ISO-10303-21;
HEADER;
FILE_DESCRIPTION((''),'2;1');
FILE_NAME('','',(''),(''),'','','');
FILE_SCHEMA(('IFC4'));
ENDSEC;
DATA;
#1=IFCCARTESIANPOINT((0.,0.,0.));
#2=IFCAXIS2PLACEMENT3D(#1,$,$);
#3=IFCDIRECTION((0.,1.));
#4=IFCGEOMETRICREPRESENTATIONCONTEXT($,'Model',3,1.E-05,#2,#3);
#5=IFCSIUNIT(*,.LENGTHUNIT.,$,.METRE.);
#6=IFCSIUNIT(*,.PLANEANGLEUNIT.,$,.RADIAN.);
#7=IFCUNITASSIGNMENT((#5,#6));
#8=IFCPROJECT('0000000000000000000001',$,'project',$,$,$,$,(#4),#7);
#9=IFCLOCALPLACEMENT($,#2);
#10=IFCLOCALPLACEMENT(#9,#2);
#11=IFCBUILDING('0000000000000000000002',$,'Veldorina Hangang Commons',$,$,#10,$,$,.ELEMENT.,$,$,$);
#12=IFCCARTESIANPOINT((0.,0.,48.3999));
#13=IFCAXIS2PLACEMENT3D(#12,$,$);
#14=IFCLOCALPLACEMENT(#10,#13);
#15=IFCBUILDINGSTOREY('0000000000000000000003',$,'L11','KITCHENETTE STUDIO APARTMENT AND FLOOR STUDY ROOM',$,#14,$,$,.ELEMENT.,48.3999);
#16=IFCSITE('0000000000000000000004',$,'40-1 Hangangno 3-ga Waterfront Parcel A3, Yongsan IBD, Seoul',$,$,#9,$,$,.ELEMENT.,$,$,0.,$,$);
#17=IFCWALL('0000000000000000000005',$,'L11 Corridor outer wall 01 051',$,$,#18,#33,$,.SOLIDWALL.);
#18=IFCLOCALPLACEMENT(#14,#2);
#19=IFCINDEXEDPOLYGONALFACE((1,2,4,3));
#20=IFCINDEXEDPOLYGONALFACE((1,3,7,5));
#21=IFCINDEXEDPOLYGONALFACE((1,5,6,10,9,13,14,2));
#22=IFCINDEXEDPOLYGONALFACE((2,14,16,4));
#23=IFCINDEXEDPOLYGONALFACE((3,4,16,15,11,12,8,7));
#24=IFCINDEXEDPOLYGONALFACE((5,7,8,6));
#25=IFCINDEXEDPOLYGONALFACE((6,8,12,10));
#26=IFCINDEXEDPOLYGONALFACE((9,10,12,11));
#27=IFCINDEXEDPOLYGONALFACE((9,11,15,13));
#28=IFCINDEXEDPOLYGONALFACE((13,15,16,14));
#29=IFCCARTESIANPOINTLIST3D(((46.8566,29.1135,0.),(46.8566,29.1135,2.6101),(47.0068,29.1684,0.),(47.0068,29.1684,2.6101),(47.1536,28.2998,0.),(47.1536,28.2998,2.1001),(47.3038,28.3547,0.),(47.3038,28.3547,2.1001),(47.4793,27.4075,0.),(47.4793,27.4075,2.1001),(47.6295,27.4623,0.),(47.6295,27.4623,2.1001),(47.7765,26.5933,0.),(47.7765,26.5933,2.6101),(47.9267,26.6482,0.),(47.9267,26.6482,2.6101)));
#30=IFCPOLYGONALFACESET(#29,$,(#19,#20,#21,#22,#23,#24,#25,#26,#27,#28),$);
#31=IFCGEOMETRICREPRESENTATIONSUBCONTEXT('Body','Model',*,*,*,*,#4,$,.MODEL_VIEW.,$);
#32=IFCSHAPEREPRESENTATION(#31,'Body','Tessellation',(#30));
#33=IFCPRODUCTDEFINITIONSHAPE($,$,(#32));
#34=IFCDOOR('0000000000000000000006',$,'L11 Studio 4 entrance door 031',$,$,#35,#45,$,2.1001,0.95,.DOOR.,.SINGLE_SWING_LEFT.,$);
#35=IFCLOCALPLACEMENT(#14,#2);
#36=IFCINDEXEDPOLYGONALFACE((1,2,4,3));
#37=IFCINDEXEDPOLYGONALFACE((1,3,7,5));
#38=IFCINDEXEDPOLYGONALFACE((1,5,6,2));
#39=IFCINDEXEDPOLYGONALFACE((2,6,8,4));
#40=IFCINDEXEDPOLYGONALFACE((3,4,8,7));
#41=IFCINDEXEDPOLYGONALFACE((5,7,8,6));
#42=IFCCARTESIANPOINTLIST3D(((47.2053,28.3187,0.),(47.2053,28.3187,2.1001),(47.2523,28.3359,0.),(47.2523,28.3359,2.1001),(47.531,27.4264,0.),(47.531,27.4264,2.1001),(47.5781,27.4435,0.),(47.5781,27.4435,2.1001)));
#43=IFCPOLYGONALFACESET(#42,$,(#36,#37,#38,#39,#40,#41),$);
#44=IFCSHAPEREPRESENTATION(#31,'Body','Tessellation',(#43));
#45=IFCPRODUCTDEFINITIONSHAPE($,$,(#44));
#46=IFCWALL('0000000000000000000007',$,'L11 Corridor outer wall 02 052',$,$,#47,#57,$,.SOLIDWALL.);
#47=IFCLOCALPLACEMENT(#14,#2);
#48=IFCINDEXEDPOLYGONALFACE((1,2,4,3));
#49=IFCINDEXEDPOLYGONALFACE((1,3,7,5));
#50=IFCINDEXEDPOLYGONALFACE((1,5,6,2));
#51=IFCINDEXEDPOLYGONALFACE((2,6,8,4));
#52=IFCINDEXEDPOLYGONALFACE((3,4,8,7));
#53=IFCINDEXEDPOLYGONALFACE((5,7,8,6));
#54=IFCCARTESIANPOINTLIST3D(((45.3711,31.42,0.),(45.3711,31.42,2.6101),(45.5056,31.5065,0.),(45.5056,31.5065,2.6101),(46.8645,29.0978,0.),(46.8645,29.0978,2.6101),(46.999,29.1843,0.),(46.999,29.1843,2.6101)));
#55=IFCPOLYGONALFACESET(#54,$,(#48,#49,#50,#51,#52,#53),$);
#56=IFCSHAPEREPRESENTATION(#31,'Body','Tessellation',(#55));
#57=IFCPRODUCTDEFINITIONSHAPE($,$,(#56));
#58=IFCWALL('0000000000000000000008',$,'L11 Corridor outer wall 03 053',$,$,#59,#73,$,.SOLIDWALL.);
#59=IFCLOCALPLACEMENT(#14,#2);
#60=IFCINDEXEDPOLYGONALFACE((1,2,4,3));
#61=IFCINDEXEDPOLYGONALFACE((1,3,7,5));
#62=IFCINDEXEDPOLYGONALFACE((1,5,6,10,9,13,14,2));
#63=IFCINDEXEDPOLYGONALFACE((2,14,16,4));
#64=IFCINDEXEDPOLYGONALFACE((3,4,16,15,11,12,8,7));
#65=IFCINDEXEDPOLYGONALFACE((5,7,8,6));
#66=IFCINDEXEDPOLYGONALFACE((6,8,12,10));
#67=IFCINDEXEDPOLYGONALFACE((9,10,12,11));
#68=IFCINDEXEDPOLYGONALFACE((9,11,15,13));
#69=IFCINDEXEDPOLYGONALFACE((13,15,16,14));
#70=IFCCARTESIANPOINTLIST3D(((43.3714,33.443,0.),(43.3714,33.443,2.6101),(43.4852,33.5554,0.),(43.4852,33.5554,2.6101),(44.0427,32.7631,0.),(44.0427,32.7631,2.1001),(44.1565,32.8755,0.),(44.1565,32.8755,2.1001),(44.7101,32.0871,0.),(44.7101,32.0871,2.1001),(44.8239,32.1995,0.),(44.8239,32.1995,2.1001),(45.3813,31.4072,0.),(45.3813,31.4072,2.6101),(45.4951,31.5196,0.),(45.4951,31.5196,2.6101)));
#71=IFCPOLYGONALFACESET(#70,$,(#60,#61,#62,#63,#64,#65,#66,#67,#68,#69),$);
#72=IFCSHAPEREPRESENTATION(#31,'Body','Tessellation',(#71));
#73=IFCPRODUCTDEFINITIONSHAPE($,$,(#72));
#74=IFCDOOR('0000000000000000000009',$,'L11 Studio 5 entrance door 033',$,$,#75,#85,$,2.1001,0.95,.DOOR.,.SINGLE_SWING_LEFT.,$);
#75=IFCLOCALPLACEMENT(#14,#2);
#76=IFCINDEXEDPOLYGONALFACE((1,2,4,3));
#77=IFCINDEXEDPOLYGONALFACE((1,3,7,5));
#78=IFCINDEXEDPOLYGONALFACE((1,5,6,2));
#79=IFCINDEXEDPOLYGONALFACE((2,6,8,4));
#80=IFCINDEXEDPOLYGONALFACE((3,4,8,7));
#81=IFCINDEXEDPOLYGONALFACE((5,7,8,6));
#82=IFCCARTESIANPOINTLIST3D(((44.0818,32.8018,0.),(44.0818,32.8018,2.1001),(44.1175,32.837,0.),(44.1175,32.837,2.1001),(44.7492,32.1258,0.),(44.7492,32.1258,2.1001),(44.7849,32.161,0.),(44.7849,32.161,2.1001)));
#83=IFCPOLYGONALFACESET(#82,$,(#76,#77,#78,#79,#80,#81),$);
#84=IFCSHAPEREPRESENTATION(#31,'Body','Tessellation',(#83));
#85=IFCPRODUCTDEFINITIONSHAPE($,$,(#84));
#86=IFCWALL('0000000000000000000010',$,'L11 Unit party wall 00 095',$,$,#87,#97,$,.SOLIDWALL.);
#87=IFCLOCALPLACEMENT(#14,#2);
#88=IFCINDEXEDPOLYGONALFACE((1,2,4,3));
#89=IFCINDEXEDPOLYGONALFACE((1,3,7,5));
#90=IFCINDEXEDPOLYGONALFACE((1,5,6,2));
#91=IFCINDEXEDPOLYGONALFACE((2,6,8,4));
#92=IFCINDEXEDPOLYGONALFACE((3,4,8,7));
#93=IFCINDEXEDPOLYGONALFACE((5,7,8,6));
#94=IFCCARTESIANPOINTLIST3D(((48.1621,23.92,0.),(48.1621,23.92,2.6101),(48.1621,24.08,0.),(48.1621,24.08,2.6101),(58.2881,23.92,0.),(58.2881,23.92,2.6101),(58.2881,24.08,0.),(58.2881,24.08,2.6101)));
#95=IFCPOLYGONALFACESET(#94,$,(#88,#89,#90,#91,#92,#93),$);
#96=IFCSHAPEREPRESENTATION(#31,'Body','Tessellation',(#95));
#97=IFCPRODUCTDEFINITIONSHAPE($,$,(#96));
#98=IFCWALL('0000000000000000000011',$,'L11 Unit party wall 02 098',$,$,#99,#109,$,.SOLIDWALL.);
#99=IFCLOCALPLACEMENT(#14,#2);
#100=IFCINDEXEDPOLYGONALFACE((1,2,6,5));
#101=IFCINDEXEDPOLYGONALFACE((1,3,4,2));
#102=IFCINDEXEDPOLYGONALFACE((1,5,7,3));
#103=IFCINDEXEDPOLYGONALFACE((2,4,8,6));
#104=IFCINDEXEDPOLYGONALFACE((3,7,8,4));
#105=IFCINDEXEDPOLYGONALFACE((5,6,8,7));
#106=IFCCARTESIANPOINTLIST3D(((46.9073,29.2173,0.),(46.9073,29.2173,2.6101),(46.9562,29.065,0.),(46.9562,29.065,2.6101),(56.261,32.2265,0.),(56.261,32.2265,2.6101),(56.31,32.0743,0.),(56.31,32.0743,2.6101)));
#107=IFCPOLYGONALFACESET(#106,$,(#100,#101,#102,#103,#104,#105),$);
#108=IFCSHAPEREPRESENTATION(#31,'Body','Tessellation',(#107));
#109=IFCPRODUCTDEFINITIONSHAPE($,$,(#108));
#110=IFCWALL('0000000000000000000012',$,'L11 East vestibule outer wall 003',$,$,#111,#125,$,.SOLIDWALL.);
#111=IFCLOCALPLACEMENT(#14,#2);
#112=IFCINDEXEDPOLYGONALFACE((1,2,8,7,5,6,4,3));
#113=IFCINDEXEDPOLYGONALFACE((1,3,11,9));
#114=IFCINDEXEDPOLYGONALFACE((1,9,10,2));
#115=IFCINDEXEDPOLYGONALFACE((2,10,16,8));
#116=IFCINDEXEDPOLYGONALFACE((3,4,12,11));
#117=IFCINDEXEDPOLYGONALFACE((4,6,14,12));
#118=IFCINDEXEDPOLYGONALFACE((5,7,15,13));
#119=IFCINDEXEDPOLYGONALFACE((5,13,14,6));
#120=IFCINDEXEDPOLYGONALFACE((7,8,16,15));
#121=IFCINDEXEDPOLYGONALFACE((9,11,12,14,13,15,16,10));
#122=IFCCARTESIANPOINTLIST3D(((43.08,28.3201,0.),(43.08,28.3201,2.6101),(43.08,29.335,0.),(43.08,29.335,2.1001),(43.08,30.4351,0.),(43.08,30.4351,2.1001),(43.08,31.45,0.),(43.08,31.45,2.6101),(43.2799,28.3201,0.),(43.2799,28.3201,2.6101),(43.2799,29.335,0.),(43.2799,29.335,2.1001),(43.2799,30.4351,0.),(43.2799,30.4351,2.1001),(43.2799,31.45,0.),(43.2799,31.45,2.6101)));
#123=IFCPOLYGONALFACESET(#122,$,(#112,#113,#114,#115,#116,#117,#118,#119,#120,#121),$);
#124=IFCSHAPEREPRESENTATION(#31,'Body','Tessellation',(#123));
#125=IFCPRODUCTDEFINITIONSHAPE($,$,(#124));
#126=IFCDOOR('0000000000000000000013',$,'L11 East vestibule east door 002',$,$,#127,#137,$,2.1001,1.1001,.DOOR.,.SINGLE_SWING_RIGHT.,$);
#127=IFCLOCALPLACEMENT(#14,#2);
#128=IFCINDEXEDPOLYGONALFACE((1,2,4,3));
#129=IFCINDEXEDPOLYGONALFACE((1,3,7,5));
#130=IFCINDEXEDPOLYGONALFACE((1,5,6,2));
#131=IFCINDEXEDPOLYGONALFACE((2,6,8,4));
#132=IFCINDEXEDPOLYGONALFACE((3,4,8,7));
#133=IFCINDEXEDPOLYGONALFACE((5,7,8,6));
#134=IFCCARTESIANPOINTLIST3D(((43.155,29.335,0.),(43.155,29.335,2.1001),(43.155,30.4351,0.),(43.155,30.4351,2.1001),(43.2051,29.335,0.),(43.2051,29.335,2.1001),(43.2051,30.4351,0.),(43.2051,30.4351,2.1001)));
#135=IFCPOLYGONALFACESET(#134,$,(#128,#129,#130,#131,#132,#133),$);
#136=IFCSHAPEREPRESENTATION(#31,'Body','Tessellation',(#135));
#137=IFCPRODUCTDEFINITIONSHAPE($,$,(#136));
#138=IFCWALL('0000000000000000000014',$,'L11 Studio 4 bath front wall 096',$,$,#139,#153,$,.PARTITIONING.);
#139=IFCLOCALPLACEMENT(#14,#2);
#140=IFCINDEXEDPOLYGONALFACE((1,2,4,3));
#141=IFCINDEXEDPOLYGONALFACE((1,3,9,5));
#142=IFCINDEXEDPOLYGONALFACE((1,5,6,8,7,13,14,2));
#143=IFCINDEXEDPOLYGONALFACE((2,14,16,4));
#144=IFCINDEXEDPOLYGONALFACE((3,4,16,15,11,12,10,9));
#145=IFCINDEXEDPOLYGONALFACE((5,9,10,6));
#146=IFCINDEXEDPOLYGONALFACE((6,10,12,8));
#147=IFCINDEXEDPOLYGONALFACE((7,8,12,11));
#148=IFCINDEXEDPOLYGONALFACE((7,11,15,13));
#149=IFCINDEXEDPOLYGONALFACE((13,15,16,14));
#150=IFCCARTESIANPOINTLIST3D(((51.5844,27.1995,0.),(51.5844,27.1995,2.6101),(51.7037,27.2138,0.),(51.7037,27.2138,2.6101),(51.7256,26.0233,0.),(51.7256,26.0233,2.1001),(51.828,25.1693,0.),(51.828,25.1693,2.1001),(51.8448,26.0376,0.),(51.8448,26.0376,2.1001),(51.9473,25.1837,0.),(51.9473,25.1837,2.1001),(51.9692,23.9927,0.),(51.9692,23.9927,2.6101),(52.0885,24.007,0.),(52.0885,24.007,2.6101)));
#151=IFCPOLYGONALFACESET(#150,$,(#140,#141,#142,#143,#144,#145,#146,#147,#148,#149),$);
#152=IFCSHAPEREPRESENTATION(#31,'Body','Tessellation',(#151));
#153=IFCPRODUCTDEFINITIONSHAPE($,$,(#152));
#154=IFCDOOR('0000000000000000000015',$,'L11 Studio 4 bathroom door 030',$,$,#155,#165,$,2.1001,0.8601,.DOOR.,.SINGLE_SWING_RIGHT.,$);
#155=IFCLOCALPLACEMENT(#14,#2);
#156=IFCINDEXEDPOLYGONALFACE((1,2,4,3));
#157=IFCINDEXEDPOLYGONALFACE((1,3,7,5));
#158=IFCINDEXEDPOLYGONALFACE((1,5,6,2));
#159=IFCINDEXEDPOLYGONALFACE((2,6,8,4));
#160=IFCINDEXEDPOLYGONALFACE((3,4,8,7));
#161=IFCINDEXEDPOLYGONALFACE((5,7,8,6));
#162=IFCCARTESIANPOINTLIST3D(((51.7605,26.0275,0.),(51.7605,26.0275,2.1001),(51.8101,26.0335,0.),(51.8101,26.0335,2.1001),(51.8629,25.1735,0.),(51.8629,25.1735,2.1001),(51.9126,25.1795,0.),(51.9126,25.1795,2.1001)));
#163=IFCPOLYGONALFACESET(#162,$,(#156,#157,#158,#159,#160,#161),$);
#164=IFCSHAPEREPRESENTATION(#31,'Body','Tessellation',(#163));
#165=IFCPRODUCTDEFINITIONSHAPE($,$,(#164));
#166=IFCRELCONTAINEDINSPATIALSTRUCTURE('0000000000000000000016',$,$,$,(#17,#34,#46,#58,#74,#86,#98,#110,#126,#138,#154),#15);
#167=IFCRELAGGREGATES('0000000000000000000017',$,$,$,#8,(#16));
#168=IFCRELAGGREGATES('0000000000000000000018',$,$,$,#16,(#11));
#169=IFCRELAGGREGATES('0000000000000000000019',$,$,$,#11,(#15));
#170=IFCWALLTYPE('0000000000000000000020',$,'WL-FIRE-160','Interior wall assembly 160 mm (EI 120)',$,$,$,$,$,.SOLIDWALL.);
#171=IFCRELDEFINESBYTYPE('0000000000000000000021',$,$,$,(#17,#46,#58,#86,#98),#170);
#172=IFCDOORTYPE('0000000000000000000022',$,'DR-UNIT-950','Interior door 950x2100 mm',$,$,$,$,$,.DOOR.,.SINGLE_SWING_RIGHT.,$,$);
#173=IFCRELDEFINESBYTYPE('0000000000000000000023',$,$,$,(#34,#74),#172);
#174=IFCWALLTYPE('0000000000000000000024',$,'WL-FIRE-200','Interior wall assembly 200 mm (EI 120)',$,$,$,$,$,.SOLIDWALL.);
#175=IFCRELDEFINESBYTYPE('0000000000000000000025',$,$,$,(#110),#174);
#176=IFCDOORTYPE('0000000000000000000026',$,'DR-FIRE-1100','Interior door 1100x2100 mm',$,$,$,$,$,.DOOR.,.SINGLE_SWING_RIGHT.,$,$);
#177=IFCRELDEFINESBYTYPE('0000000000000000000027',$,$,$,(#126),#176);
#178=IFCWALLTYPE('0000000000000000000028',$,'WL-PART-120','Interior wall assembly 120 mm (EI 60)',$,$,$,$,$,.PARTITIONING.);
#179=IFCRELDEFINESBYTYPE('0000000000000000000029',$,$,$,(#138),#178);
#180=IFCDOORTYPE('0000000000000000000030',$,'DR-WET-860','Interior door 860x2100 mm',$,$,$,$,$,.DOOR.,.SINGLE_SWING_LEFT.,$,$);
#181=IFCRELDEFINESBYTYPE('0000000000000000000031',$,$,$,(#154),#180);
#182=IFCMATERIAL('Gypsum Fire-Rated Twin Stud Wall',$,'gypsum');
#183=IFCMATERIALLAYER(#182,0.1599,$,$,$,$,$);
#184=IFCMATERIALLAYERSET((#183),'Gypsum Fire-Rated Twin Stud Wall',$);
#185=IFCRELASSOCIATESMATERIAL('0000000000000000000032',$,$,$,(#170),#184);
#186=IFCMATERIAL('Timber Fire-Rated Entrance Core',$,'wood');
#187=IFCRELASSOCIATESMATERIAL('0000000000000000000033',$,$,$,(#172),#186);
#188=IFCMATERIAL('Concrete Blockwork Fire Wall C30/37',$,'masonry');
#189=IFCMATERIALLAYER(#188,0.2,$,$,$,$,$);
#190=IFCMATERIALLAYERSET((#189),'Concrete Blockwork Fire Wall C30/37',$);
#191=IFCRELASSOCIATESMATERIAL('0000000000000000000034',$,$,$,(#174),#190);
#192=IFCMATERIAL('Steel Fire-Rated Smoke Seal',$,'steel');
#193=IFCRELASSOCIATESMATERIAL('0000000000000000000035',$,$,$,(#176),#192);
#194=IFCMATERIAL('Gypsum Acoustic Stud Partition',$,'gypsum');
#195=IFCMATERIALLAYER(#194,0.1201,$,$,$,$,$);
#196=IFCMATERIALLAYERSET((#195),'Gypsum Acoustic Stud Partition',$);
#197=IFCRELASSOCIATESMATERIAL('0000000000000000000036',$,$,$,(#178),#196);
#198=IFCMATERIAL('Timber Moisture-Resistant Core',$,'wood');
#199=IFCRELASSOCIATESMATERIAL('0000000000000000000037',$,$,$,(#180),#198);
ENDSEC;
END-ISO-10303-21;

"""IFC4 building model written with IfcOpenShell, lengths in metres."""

from ifc_helpers import new_model, si_unit, direction, frame, frame_2d, origin, place, context, subcontext, project, spatial, rectangle, extrude, material, layer, layer_set, type_object, element, fill, save


model = new_model("IFC4")

# Units and contexts
model_context = context("Model", 3, precision=1e-05, world=origin(), true_north=direction((0.0, 1.0)))
body_context = subcontext(model_context, "Body", "Model", "MODEL_VIEW")
ifc_project = project(units=[si_unit("LENGTHUNIT", "METRE"), si_unit("PLANEANGLEUNIT", "RADIAN")], contexts=[model_context])

# Site, building, storey
site_placement = place(None, origin())
site = spatial("IfcSite", under=ifc_project, at=site_placement, Name="40-1 Hangangno 3-ga Waterfront Parcel A3, Yongsan IBD, Seoul", CompositionType="ELEMENT", RefElevation=0.0)
building_placement = place(site_placement, origin())
building = spatial("IfcBuilding", under=site, at=building_placement, Name="Veldorina Hangang Commons", CompositionType="ELEMENT")
storey_placement = place(building_placement, frame((0.0, 0.0, 48.3999)))
storey = spatial("IfcBuildingStorey", under=building, at=storey_placement, Name="L11", Description="KITCHENETTE STUDIO APARTMENT AND FLOOR STUDY ROOM", CompositionType="ELEMENT", Elevation=48.3999)

# Shared definitions
ifc_material_1 = material(Name="Gypsum Fire-Rated Twin Stud Wall", Category="gypsum")
ifc_layer_1 = layer(ifc_material_1, 0.1599)
ifc_layer_set_1 = layer_set([ifc_layer_1], Name="Gypsum Fire-Rated Twin Stud Wall")
wall_type_1 = type_object("IfcWallType", Name="WL-FIRE-160", Description="Interior wall assembly 160 mm (EI 120)", PredefinedType="SOLIDWALL", material=ifc_layer_set_1)

# Wall, opening, door
wall_1_placement = place(storey_placement, frame((47.8516, 26.6208, 0.0), z_axis=(0.0, 0.0, 1.0), x_axis=(-0.342883, 0.939378, 0.0)))
wall_1 = element("IfcWall", 1, at=wall_1_placement, inside=storey, type_object=wall_type_1, Name="L11 Corridor outer wall 01 051", PredefinedType="SOLIDWALL", context=body_context, shape_type="SweptSolid", body=[
    extrude(rectangle(XDim=2.6829, YDim=0.1599, at=frame_2d((1.3413, 0.0))), origin(), (0.0, 0.0, 1.0), 2.6101),
])
opening_1_placement = place(wall_1_placement, frame((0.8665, 0.0, 0.0)))
opening_1 = element("IfcOpeningElement", 2, at=opening_1_placement, cuts=wall_1, PredefinedType="OPENING", context=body_context, shape_type="SweptSolid", body=[
    extrude(rectangle(XDim=0.95, YDim=2.1001, at=frame_2d((0.4751, 1.05))), frame((0.0, 0.0898, 0.0), z_axis=(0.0, -1.0, 0.0), x_axis=(1.0, 0.0, 0.0)), (0.0, 0.0, 1.0), 0.1799),
])
ifc_material_2 = material(Name="Timber Fire-Rated Entrance Core", Category="wood")
door_type_1 = type_object("IfcDoorType", Name="DR-UNIT-950", Description="Interior door 950x2100 mm", OperationType="SINGLE_SWING_RIGHT", PredefinedType="DOOR", material=ifc_material_2)
door_1_placement = place(opening_1_placement, origin())
door_1 = element("IfcDoor", 3, at=door_1_placement, inside=storey, type_object=door_type_1, Name="L11 Studio 4 entrance door 031", OperationType="SINGLE_SWING_LEFT", OverallHeight=2.1001, OverallWidth=0.95, PredefinedType="DOOR", context=body_context, shape_type="SweptSolid", body=[
    extrude(rectangle(XDim=0.95, YDim=2.1001, at=frame_2d((0.4751, 1.05))), frame((0.0, 0.0249, 0.0), z_axis=(0.0, -1.0, 0.0), x_axis=(1.0, 0.0, 0.0)), (0.0, 0.0, 1.0), 0.05),
])
fill(opening_1, door_1)

# Wall
wall_2_placement = place(storey_placement, frame((46.9316, 29.1411, 0.0), z_axis=(0.0, 0.0, 1.0), x_axis=(-0.540892, 0.841092, 0.0)))
element("IfcWall", 4, at=wall_2_placement, inside=storey, type_object=wall_type_1, Name="L11 Corridor outer wall 02 052", PredefinedType="SOLIDWALL", context=body_context, shape_type="SweptSolid", body=[
    extrude(rectangle(XDim=2.761, YDim=0.1599, at=frame_2d((1.3804, 0.0))), origin(), (0.0, 0.0, 1.0), 2.6101),
])

# Wall, opening, door
wall_3_placement = place(storey_placement, frame((45.4382, 31.4634, 0.0), z_axis=(0.0, 0.0, 1.0), x_axis=(-0.70257, 0.711615, 0.0)))
wall_3 = element("IfcWall", 5, at=wall_3_placement, inside=storey, type_object=wall_type_1, Name="L11 Corridor outer wall 03 053", PredefinedType="SOLIDWALL", context=body_context, shape_type="SweptSolid", body=[
    extrude(rectangle(XDim=2.8608, YDim=0.1599, at=frame_2d((1.4304, 0.0))), origin(), (0.0, 0.0, 1.0), 2.6101),
])
opening_2_placement = place(wall_3_placement, frame((0.9553, 0.0, 0.0)))
opening_2 = element("IfcOpeningElement", 6, at=opening_2_placement, cuts=wall_3, PredefinedType="OPENING", context=body_context, shape_type="SweptSolid", body=[
    extrude(rectangle(XDim=0.95, YDim=2.1001, at=frame_2d((0.4751, 1.05))), frame((0.0, 0.0898, 0.0), z_axis=(0.0, -1.0, 0.0), x_axis=(1.0, 0.0, 0.0)), (0.0, 0.0, 1.0), 0.1799),
])
door_2_placement = place(opening_2_placement, origin())
door_2 = element("IfcDoor", 7, at=door_2_placement, inside=storey, type_object=door_type_1, Name="L11 Studio 5 entrance door 033", OperationType="SINGLE_SWING_LEFT", OverallHeight=2.1001, OverallWidth=0.95, PredefinedType="DOOR", context=body_context, shape_type="SweptSolid", body=[
    extrude(rectangle(XDim=0.95, YDim=2.1001, at=frame_2d((0.4751, 1.05))), frame((0.0, 0.0249, 0.0), z_axis=(0.0, -1.0, 0.0), x_axis=(1.0, 0.0, 0.0)), (0.0, 0.0, 1.0), 0.05),
])
fill(opening_2, door_2)

# Walls
wall_4_placement = place(storey_placement, frame((48.1621, 24.0, 0.0), z_axis=(0.0, 0.0, 1.0), x_axis=(1.0, 0.0, 0.0)))
element("IfcWall", 8, at=wall_4_placement, inside=storey, type_object=wall_type_1, Name="L11 Unit party wall 00 095", PredefinedType="SOLIDWALL", context=body_context, shape_type="SweptSolid", body=[
    extrude(rectangle(XDim=10.126, YDim=0.1599, at=frame_2d((5.063, 0.0))), origin(), (0.0, 0.0, 1.0), 2.6101),
])
wall_5_placement = place(storey_placement, frame((46.9316, 29.1411, 0.0), z_axis=(0.0, 0.0, 1.0), x_axis=(0.951948, 0.306259, 0.0)))
element("IfcWall", 9, at=wall_5_placement, inside=storey, type_object=wall_type_1, Name="L11 Unit party wall 02 098", PredefinedType="SOLIDWALL", context=body_context, shape_type="SweptSolid", body=[
    extrude(rectangle(XDim=9.8259, YDim=0.1599, at=frame_2d((4.9131, 0.0))), origin(), (0.0, 0.0, 1.0), 2.6101),
])

# Walls, openings, doors
ifc_material_3 = material(Name="Concrete Blockwork Fire Wall C30/37", Category="masonry")
ifc_layer_2 = layer(ifc_material_3, 0.2)
ifc_layer_set_2 = layer_set([ifc_layer_2], Name="Concrete Blockwork Fire Wall C30/37")
wall_type_2 = type_object("IfcWallType", Name="WL-FIRE-200", Description="Interior wall assembly 200 mm (EI 120)", PredefinedType="SOLIDWALL", material=ifc_layer_set_2)
wall_6_placement = place(storey_placement, frame((43.1799, 28.3201, 0.0), z_axis=(0.0, 0.0, 1.0), x_axis=(0.0, 1.0, 0.0)))
wall_6 = element("IfcWall", 10, at=wall_6_placement, inside=storey, type_object=wall_type_2, Name="L11 East vestibule outer wall 003", PredefinedType="SOLIDWALL", context=body_context, shape_type="SweptSolid", body=[
    extrude(rectangle(XDim=3.1299, YDim=0.2, at=frame_2d((1.5649, 0.0))), origin(), (0.0, 0.0, 1.0), 2.6101),
])
opening_3_placement = place(wall_6_placement, frame((1.0149, 0.0, 0.0)))
opening_3 = element("IfcOpeningElement", 11, at=opening_3_placement, cuts=wall_6, PredefinedType="OPENING", context=body_context, shape_type="SweptSolid", body=[
    extrude(rectangle(XDim=1.1001, YDim=2.1001, at=frame_2d((0.55, 1.05))), frame((0.0, 0.1099, 0.0), z_axis=(0.0, -1.0, 0.0), x_axis=(1.0, 0.0, 0.0)), (0.0, 0.0, 1.0), 0.22),
])
ifc_material_4 = material(Name="Steel Fire-Rated Smoke Seal", Category="steel")
door_type_2 = type_object("IfcDoorType", Name="DR-FIRE-1100", Description="Interior door 1100x2100 mm", OperationType="SINGLE_SWING_RIGHT", PredefinedType="DOOR", material=ifc_material_4)
door_3_placement = place(opening_3_placement, origin())
door_3 = element("IfcDoor", 12, at=door_3_placement, inside=storey, type_object=door_type_2, Name="L11 East vestibule east door 002", OperationType="SINGLE_SWING_RIGHT", OverallHeight=2.1001, OverallWidth=1.1001, PredefinedType="DOOR", context=body_context, shape_type="SweptSolid", body=[
    extrude(rectangle(XDim=1.1001, YDim=2.1001, at=frame_2d((0.55, 1.05))), frame((0.0, 0.0249, 0.0), z_axis=(0.0, -1.0, 0.0), x_axis=(1.0, 0.0, 0.0)), (0.0, 0.0, 1.0), 0.05),
])
fill(opening_3, door_3)
ifc_material_5 = material(Name="Gypsum Acoustic Stud Partition", Category="gypsum")
ifc_layer_3 = layer(ifc_material_5, 0.1201)
ifc_layer_set_3 = layer_set([ifc_layer_3], Name="Gypsum Acoustic Stud Partition")
wall_type_3 = type_object("IfcWallType", Name="WL-PART-120", Description="Interior wall assembly 120 mm (EI 60)", PredefinedType="PARTITIONING", material=ifc_layer_set_3)
wall_7_placement = place(storey_placement, frame((52.0288, 24.0, 0.0), z_axis=(0.0, 0.0, 1.0), x_axis=(-0.11913, 0.992879, 0.0)))
wall_7 = element("IfcWall", 13, at=wall_7_placement, inside=storey, type_object=wall_type_3, Name="L11 Studio 4 bath front wall 096", PredefinedType="PARTITIONING", context=body_context, shape_type="SweptSolid", body=[
    extrude(rectangle(XDim=3.2297, YDim=0.1201, at=frame_2d((1.6147, 0.0))), origin(), (0.0, 0.0, 1.0), 2.6101),
])
opening_4_placement = place(wall_7_placement, frame((1.1848, 0.0, 0.0)))
opening_4 = element("IfcOpeningElement", 14, at=opening_4_placement, cuts=wall_7, PredefinedType="OPENING", context=body_context, shape_type="SweptSolid", body=[
    extrude(rectangle(XDim=0.8601, YDim=2.1001, at=frame_2d((0.4302, 1.05))), frame((0.0, 0.0701, 0.0), z_axis=(0.0, -1.0, 0.0), x_axis=(1.0, 0.0, 0.0)), (0.0, 0.0, 1.0), 0.1401),
])
ifc_material_6 = material(Name="Timber Moisture-Resistant Core", Category="wood")
door_type_3 = type_object("IfcDoorType", Name="DR-WET-860", Description="Interior door 860x2100 mm", OperationType="SINGLE_SWING_LEFT", PredefinedType="DOOR", material=ifc_material_6)
door_4_placement = place(opening_4_placement, origin())
door_4 = element("IfcDoor", 15, at=door_4_placement, inside=storey, type_object=door_type_3, Name="L11 Studio 4 bathroom door 030", OperationType="SINGLE_SWING_RIGHT", OverallHeight=2.1001, OverallWidth=0.8601, PredefinedType="DOOR", context=body_context, shape_type="SweptSolid", body=[
    extrude(rectangle(XDim=0.8601, YDim=2.1001, at=frame_2d((0.4302, 1.05))), frame((0.0, 0.0249, 0.0), z_axis=(0.0, -1.0, 0.0), x_axis=(1.0, 0.0, 0.0)), (0.0, 0.0, 1.0), 0.05),
])
fill(opening_4, door_4)

save(model, "model.ifc")
